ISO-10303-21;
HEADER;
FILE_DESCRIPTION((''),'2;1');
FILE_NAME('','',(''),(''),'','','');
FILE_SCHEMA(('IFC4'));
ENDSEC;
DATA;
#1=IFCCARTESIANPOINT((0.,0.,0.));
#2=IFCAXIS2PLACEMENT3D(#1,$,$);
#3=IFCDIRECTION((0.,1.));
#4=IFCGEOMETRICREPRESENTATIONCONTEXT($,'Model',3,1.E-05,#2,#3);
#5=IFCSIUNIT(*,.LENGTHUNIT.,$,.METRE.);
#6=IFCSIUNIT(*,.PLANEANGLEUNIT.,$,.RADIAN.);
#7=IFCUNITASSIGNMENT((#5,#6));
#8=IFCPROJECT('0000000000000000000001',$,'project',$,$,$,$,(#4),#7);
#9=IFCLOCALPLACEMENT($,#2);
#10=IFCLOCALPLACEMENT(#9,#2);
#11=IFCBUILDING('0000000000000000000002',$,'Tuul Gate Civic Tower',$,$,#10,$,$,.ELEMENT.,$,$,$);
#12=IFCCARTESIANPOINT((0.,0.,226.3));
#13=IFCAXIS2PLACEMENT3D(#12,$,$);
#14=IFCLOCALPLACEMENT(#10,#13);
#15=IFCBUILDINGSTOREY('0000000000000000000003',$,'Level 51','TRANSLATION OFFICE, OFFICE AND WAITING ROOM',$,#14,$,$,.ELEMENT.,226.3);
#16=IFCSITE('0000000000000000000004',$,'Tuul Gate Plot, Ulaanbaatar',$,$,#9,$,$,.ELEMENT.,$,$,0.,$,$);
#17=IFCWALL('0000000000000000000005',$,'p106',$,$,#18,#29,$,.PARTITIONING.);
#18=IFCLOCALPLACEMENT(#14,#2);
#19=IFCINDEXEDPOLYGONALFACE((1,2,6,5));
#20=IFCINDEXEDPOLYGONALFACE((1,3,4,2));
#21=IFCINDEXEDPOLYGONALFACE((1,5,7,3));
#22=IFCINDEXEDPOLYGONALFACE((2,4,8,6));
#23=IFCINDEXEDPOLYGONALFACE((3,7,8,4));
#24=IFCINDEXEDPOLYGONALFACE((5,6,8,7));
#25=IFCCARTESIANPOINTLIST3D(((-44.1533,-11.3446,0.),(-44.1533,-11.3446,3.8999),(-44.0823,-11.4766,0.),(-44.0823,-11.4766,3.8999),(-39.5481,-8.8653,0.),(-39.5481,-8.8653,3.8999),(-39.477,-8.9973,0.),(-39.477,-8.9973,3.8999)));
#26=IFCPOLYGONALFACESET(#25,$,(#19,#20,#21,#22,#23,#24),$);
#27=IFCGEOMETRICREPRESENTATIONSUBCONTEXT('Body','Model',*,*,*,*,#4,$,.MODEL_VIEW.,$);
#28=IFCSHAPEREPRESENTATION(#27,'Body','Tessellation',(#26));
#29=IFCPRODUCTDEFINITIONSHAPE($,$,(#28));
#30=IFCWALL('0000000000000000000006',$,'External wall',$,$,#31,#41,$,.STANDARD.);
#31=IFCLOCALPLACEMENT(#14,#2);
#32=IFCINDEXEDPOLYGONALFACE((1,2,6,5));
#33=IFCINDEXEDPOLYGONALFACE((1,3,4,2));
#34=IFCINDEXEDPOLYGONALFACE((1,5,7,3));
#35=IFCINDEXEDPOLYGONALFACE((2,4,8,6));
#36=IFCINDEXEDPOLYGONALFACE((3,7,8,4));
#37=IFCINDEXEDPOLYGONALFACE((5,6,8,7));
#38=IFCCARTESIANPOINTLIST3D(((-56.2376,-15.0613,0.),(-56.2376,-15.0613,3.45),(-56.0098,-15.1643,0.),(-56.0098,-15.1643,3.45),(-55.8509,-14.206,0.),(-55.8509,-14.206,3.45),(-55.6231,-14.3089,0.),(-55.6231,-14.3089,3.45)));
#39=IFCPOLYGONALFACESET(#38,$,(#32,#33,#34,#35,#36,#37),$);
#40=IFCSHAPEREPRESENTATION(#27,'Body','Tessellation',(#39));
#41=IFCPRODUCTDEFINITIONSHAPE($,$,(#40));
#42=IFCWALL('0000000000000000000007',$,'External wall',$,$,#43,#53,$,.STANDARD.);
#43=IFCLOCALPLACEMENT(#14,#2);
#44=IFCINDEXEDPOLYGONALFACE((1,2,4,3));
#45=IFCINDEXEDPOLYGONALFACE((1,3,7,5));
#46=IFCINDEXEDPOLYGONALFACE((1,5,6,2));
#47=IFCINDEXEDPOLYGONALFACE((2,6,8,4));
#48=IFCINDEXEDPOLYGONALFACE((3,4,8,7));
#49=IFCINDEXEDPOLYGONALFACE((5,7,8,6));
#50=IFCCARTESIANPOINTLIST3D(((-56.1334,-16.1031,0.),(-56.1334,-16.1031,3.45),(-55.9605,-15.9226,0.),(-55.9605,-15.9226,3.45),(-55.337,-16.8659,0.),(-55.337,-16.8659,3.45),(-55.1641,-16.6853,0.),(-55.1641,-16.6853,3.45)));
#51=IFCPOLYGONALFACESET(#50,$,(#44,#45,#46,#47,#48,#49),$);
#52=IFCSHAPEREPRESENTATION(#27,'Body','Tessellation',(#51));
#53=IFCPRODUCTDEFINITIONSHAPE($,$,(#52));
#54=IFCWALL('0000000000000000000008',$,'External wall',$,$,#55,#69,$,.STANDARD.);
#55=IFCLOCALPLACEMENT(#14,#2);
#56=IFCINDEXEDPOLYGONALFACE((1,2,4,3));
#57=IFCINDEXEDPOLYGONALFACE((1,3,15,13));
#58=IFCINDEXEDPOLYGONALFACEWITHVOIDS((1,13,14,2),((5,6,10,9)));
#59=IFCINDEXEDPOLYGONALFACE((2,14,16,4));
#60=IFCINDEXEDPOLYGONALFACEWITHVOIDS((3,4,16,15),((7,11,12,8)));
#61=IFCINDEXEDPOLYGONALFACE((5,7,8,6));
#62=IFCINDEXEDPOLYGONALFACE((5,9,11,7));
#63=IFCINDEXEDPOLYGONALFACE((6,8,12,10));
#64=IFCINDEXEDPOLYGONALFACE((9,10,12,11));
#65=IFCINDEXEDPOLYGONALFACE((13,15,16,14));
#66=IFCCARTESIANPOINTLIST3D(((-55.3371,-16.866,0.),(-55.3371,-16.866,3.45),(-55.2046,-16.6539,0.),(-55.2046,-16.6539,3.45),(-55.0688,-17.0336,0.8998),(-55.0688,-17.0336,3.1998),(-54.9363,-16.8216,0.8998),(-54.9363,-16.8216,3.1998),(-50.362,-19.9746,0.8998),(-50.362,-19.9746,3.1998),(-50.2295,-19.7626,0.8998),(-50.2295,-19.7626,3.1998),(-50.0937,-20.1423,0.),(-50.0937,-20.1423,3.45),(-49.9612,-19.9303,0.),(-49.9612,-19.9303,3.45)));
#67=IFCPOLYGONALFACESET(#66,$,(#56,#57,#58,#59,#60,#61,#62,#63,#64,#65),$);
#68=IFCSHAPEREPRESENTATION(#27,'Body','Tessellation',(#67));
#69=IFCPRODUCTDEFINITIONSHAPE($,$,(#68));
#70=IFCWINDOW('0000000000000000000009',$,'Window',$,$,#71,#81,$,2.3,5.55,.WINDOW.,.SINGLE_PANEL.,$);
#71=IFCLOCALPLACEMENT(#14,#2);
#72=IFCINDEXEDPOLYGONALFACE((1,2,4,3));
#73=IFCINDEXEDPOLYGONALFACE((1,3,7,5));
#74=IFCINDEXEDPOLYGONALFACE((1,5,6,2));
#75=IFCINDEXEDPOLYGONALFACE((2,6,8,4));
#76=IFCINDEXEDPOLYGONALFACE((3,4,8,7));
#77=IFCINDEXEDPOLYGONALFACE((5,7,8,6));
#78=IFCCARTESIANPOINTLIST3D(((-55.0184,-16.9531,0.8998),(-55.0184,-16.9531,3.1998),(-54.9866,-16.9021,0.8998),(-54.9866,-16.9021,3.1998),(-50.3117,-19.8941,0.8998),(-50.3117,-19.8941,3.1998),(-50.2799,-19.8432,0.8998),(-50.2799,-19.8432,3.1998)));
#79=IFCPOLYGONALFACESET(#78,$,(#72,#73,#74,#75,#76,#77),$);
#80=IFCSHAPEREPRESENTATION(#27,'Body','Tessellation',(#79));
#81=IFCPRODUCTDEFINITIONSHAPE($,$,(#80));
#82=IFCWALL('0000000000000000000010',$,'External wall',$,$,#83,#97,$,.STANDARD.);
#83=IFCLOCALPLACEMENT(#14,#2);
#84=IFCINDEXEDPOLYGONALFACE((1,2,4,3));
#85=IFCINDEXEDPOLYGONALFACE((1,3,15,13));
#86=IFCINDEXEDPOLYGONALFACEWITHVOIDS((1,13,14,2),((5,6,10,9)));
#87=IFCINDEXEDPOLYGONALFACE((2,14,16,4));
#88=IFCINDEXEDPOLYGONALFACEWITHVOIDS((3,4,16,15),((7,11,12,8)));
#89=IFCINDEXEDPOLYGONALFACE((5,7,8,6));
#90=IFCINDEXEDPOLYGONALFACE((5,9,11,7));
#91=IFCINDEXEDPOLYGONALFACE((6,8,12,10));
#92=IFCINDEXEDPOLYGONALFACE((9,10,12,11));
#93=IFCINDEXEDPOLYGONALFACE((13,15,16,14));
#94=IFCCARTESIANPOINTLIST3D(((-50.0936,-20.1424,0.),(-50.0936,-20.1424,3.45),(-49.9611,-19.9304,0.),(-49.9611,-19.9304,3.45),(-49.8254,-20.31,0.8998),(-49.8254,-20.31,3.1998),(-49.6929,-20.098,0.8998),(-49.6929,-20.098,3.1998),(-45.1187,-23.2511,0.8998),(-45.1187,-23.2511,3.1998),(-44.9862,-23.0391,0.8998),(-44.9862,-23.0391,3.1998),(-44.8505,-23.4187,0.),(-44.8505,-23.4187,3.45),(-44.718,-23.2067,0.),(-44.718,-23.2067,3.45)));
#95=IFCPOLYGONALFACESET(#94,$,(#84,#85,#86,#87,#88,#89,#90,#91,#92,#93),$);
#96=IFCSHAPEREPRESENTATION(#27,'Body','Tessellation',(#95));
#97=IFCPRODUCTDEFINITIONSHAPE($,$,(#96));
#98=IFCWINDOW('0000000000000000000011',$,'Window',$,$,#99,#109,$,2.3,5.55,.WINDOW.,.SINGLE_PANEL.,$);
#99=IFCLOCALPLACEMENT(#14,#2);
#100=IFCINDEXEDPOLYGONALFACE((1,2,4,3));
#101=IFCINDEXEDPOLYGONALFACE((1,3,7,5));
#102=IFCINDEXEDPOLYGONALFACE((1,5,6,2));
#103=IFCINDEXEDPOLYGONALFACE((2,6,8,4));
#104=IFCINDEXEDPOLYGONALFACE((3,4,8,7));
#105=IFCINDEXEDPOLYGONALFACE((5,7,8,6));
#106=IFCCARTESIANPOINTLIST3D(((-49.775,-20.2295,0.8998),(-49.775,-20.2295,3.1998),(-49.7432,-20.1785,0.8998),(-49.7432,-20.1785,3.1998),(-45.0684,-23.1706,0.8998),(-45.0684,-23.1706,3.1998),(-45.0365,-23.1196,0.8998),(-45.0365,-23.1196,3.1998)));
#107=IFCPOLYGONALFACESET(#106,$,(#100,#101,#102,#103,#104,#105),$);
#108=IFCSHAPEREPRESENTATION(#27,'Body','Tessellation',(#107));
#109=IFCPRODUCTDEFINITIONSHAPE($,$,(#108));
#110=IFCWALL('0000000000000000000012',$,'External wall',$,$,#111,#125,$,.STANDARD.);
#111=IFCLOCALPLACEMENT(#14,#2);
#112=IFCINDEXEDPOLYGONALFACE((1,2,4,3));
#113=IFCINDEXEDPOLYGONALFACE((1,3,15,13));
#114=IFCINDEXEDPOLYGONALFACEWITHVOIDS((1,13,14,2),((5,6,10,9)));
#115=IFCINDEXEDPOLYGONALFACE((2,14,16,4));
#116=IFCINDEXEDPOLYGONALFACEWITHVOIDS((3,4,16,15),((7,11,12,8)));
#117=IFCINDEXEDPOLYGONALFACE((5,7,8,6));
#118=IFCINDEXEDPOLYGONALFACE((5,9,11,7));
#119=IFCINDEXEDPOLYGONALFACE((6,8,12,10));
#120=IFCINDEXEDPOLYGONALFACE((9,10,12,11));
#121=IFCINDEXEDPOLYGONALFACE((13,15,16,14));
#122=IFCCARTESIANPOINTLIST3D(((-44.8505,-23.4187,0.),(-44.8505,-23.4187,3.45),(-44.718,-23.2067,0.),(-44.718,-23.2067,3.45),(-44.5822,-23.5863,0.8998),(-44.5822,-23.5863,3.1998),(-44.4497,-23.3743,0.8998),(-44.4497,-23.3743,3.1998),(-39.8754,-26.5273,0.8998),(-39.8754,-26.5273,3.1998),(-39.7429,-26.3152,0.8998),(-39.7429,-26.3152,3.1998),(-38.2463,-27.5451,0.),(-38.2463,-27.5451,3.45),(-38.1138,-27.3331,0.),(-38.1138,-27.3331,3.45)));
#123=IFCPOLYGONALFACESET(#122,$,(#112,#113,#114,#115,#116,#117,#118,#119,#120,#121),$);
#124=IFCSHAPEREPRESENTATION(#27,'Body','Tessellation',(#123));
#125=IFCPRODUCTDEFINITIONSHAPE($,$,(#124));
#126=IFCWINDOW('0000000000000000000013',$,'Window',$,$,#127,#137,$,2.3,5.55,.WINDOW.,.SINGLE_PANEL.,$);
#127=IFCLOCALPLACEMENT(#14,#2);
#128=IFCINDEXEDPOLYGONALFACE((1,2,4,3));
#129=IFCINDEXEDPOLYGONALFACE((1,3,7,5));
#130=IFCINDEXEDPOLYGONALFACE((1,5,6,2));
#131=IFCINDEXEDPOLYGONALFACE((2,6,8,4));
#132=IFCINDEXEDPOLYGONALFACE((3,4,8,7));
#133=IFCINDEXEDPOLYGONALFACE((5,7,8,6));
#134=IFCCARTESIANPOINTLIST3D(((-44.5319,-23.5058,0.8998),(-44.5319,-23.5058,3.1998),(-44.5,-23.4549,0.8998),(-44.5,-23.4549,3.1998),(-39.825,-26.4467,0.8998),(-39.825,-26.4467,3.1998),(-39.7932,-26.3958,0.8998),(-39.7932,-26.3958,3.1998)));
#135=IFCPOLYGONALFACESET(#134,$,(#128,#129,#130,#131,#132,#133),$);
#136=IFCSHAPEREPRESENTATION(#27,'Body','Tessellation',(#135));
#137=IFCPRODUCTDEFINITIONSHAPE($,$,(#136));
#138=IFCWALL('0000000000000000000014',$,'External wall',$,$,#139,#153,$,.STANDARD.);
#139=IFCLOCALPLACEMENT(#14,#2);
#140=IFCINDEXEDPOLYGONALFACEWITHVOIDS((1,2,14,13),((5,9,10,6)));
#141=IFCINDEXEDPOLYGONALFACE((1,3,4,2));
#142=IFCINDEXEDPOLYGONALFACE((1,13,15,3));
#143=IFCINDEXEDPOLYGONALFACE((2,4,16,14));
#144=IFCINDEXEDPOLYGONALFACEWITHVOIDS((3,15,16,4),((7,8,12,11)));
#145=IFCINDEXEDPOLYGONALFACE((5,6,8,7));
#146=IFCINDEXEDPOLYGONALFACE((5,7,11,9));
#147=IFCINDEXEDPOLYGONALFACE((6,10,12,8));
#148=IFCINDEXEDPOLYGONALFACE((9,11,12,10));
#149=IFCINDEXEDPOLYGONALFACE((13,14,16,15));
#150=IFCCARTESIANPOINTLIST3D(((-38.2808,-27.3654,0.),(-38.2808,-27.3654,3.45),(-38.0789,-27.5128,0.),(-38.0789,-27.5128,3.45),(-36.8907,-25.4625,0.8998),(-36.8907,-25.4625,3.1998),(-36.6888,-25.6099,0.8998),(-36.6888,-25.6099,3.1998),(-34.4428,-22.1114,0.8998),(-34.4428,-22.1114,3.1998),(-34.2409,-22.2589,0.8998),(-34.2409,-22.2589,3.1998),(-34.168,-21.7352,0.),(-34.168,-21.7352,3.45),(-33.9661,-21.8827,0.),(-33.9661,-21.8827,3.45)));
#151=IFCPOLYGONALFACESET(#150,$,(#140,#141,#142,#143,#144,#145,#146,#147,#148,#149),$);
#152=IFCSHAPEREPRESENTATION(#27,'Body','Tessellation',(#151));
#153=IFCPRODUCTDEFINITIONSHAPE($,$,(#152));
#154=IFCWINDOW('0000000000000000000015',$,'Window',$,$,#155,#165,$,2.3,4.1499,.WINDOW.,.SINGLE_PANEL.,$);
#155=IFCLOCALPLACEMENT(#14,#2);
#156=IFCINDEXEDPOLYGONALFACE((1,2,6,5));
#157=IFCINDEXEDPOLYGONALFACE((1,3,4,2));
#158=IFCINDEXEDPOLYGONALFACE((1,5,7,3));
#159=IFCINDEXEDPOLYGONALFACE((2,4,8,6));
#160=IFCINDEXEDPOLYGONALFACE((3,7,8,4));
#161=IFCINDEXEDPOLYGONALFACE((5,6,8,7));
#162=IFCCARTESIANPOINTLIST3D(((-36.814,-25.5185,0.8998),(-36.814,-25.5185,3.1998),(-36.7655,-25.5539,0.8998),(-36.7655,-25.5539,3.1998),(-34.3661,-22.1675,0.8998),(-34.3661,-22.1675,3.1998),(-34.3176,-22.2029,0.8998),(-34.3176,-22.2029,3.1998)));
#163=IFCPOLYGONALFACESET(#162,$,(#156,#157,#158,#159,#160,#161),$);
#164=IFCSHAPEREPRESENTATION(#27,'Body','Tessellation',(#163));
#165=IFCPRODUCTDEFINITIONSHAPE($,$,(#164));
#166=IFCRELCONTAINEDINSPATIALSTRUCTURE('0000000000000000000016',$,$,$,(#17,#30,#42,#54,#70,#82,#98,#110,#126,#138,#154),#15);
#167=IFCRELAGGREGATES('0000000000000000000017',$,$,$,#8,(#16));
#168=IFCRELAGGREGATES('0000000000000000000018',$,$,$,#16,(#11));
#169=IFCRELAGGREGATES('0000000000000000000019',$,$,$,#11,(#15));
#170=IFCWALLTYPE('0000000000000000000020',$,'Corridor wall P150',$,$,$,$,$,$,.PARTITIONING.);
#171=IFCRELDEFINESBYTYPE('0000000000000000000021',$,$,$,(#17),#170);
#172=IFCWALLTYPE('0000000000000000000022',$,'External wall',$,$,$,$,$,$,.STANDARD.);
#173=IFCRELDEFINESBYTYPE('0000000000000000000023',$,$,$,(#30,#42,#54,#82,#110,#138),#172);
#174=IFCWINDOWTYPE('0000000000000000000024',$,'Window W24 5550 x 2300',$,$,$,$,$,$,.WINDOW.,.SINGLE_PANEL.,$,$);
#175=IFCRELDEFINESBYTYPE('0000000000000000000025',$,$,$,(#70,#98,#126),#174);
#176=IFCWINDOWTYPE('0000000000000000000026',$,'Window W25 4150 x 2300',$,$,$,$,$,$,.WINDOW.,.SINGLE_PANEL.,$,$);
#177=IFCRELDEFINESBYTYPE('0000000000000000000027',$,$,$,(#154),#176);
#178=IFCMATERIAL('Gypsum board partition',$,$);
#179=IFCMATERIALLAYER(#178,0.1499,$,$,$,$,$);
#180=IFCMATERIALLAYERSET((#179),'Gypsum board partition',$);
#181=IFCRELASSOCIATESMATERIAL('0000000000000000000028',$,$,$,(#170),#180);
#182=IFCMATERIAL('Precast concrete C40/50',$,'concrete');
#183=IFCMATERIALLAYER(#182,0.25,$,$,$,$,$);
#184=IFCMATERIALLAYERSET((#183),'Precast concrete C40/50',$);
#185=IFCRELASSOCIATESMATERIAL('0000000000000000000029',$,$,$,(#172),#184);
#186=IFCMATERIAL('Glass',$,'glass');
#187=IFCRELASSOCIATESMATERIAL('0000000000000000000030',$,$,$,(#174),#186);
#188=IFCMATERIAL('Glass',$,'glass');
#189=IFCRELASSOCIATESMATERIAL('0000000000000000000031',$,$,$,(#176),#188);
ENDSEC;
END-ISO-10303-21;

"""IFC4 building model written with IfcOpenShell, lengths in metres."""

from ifc_helpers import new_model, si_unit, direction, frame, frame_2d, origin, place, context, subcontext, project, spatial, rectangle, extrude, material, layer, layer_set, type_object, element, fill, save


model = new_model("IFC4")

# Units and contexts
model_context = context("Model", 3, precision=1e-05, world=origin(), true_north=direction((0.0, 1.0)))
body_context = subcontext(model_context, "Body", "Model", "MODEL_VIEW")
ifc_project = project(units=[si_unit("LENGTHUNIT", "METRE"), si_unit("PLANEANGLEUNIT", "RADIAN")], contexts=[model_context])

# Site, building, storey
site_placement = place(None, origin())
site = spatial("IfcSite", under=ifc_project, at=site_placement, Name="Tuul Gate Plot, Ulaanbaatar", CompositionType="ELEMENT", RefElevation=0.0)
building_placement = place(site_placement, origin())
building = spatial("IfcBuilding", under=site, at=building_placement, Name="Tuul Gate Civic Tower", CompositionType="ELEMENT")
storey_placement = place(building_placement, frame((0.0, 0.0, 226.3)))
storey = spatial("IfcBuildingStorey", under=building, at=storey_placement, Name="Level 51", Description="TRANSLATION OFFICE, OFFICE AND WAITING ROOM", CompositionType="ELEMENT", Elevation=226.3)

# Walls
ifc_material_1 = material(Name="Gypsum board partition")
ifc_layer_1 = layer(ifc_material_1, 0.1499)
ifc_layer_set_1 = layer_set([ifc_layer_1], Name="Gypsum board partition")
wall_type_1 = type_object("IfcWallType", Name="Corridor wall P150", PredefinedType="PARTITIONING", material=ifc_layer_set_1)
wall_1_placement = place(storey_placement, frame((-44.1179, -11.4106, 0.0), z_axis=(0.0, 0.0, 1.0), x_axis=(0.88051, 0.474027, 0.0)))
element("IfcWall", 1, at=wall_1_placement, inside=storey, type_object=wall_type_1, Name="p106", PredefinedType="PARTITIONING", context=body_context, shape_type="SweptSolid", body=[
    extrude(rectangle(XDim=5.2302, YDim=0.1499, at=frame_2d((2.6152, 0.0))), origin(), (0.0, 0.0, 1.0), 3.8999),
])
ifc_material_2 = material(Name="Precast concrete C40/50", Category="concrete")
ifc_layer_2 = layer(ifc_material_2, 0.25)
ifc_layer_set_2 = layer_set([ifc_layer_2], Name="Precast concrete C40/50")
wall_type_2 = type_object("IfcWallType", Name="External wall", PredefinedType="STANDARD", material=ifc_layer_set_2)
wall_2_placement = place(storey_placement, frame((-55.7371, -14.2576, 0.0), z_axis=(0.0, 0.0, 1.0), x_axis=(-0.411921, -0.911219, 0.0)))
element("IfcWall", 2, at=wall_2_placement, inside=storey, type_object=wall_type_2, Name="External wall", PredefinedType="STANDARD", context=body_context, shape_type="SweptSolid", body=[
    extrude(rectangle(XDim=0.9387, YDim=0.25, at=frame_2d((0.4692, 0.0))), origin(), (0.0, 0.0, 1.0), 3.45),
])
wall_3_placement = place(storey_placement, frame((-56.0469, -16.0129, 0.0), z_axis=(0.0, 0.0, 1.0), x_axis=(0.722219, -0.691665, 0.0)))
element("IfcWall", 3, at=wall_3_placement, inside=storey, type_object=wall_type_2, Name="External wall", PredefinedType="STANDARD", context=body_context, shape_type="SweptSolid", body=[
    extrude(rectangle(XDim=1.1028, YDim=0.25, at=frame_2d((0.5513, 0.0))), origin(), (0.0, 0.0, 1.0), 3.45),
])

# Walls, openings, windows
wall_4_placement = place(storey_placement, frame((-55.2708, -16.76, 0.0), z_axis=(0.0, 0.0, 1.0), x_axis=(0.848054, -0.52991, 0.0)))
wall_4 = element("IfcWall", 4, at=wall_4_placement, inside=storey, type_object=wall_type_2, Name="External wall", PredefinedType="STANDARD", context=body_context, shape_type="SweptSolid", body=[
    extrude(rectangle(XDim=6.1829, YDim=0.25, at=frame_2d((3.0913, 0.0))), origin(), (0.0, 0.0, 1.0), 3.45),
])
opening_1_placement = place(wall_4_placement, frame((0.3164, 0.0, 0.8999)))
opening_1 = element("IfcOpeningElement", 5, at=opening_1_placement, cuts=wall_4, PredefinedType="OPENING", context=body_context, shape_type="SweptSolid", body=[
    extrude(rectangle(XDim=5.55, YDim=2.3, at=frame_2d((2.7749, 1.1499))), frame((0.0, 0.135, 0.0), z_axis=(0.0, -1.0, 0.0), x_axis=(1.0, 0.0, 0.0)), (0.0, 0.0, 1.0), 0.27),
])
ifc_material_3 = material(Name="Glass", Category="glass")
window_type_1 = type_object("IfcWindowType", Name="Window W24 5550 x 2300", PartitioningType="SINGLE_PANEL", PredefinedType="WINDOW", material=ifc_material_3)
window_1_placement = place(opening_1_placement, origin())
window_1 = element("IfcWindow", 6, at=window_1_placement, inside=storey, type_object=window_type_1, Name="Window", OverallHeight=2.3, OverallWidth=5.55, PartitioningType="SINGLE_PANEL", PredefinedType="WINDOW", context=body_context, shape_type="SweptSolid", body=[
    extrude(rectangle(XDim=5.55, YDim=2.3, at=frame_2d((2.7749, 1.1499))), frame((0.0, 0.03, 0.0), z_axis=(0.0, -1.0, 0.0), x_axis=(1.0, 0.0, 0.0)), (0.0, 0.0, 1.0), 0.0601),
])
fill(opening_1, window_1)
wall_5_placement = place(storey_placement, frame((-50.0273, -20.0364, 0.0), z_axis=(0.0, 0.0, 1.0), x_axis=(0.848043, -0.529928, 0.0)))
wall_5 = element("IfcWall", 7, at=wall_5_placement, inside=storey, type_object=wall_type_2, Name="External wall", PredefinedType="STANDARD", context=body_context, shape_type="SweptSolid", body=[
    extrude(rectangle(XDim=6.1826, YDim=0.25, at=frame_2d((3.0913, 0.0))), origin(), (0.0, 0.0, 1.0), 3.45),
])
opening_2_placement = place(wall_5_placement, frame((0.3164, 0.0, 0.8999)))
opening_2 = element("IfcOpeningElement", 8, at=opening_2_placement, cuts=wall_5, PredefinedType="OPENING", context=body_context, shape_type="SweptSolid", body=[
    extrude(rectangle(XDim=5.55, YDim=2.3, at=frame_2d((2.7749, 1.1499))), frame((0.0, 0.135, 0.0), z_axis=(0.0, -1.0, 0.0), x_axis=(1.0, 0.0, 0.0)), (0.0, 0.0, 1.0), 0.27),
])
window_2_placement = place(opening_2_placement, origin())
window_2 = element("IfcWindow", 9, at=window_2_placement, inside=storey, type_object=window_type_1, Name="Window", OverallHeight=2.3, OverallWidth=5.55, PartitioningType="SINGLE_PANEL", PredefinedType="WINDOW", context=body_context, shape_type="SweptSolid", body=[
    extrude(rectangle(XDim=5.55, YDim=2.3, at=frame_2d((2.7749, 1.1499))), frame((0.0, 0.03, 0.0), z_axis=(0.0, -1.0, 0.0), x_axis=(1.0, 0.0, 0.0)), (0.0, 0.0, 1.0), 0.0601),
])
fill(opening_2, window_2)
wall_6_placement = place(storey_placement, frame((-44.7842, -23.3127, 0.0), z_axis=(0.0, 0.0, 1.0), x_axis=(0.848067, -0.529889, 0.0)))
wall_6 = element("IfcWall", 10, at=wall_6_placement, inside=storey, type_object=wall_type_2, Name="External wall", PredefinedType="STANDARD", context=body_context, shape_type="SweptSolid", body=[
    extrude(rectangle(XDim=7.7874, YDim=0.25, at=frame_2d((3.8936, 0.0))), origin(), (0.0, 0.0, 1.0), 3.45),
])
opening_3_placement = place(wall_6_placement, frame((0.3164, 0.0, 0.8999)))
opening_3 = element("IfcOpeningElement", 11, at=opening_3_placement, cuts=wall_6, PredefinedType="OPENING", context=body_context, shape_type="SweptSolid", body=[
    extrude(rectangle(XDim=5.55, YDim=2.3, at=frame_2d((2.7749, 1.1499))), frame((0.0, 0.135, 0.0), z_axis=(0.0, -1.0, 0.0), x_axis=(1.0, 0.0, 0.0)), (0.0, 0.0, 1.0), 0.27),
])
window_3_placement = place(opening_3_placement, origin())
window_3 = element("IfcWindow", 12, at=window_3_placement, inside=storey, type_object=window_type_1, Name="Window", OverallHeight=2.3, OverallWidth=5.55, PartitioningType="SINGLE_PANEL", PredefinedType="WINDOW", context=body_context, shape_type="SweptSolid", body=[
    extrude(rectangle(XDim=5.55, YDim=2.3, at=frame_2d((2.7749, 1.1499))), frame((0.0, 0.03, 0.0), z_axis=(0.0, -1.0, 0.0), x_axis=(1.0, 0.0, 0.0)), (0.0, 0.0, 1.0), 0.0601),
])
fill(opening_3, window_3)
wall_7_placement = place(storey_placement, frame((-38.1799, -27.4392, 0.0), z_axis=(0.0, 0.0, 1.0), x_axis=(0.589873, 0.807496, 0.0)))
wall_7 = element("IfcWall", 13, at=wall_7_placement, inside=storey, type_object=wall_type_2, Name="External wall", PredefinedType="STANDARD", context=body_context, shape_type="SweptSolid", body=[
    extrude(rectangle(XDim=6.9724, YDim=0.25, at=frame_2d((3.4863, 0.0))), origin(), (0.0, 0.0, 1.0), 3.45),
])
opening_4_placement = place(wall_7_placement, frame((2.3567, 0.0, 0.8999)))
opening_4 = element("IfcOpeningElement", 14, at=opening_4_placement, cuts=wall_7, PredefinedType="OPENING", context=body_context, shape_type="SweptSolid", body=[
    extrude(rectangle(XDim=4.1499, YDim=2.3, at=frame_2d((2.075, 1.1499))), frame((0.0, 0.135, 0.0), z_axis=(0.0, -1.0, 0.0), x_axis=(1.0, 0.0, 0.0)), (0.0, 0.0, 1.0), 0.27),
])
ifc_material_4 = material(Name="Glass", Category="glass")
window_type_2 = type_object("IfcWindowType", Name="Window W25 4150 x 2300", PartitioningType="SINGLE_PANEL", PredefinedType="WINDOW", material=ifc_material_4)
window_4_placement = place(opening_4_placement, origin())
window_4 = element("IfcWindow", 15, at=window_4_placement, inside=storey, type_object=window_type_2, Name="Window", OverallHeight=2.3, OverallWidth=4.1499, PartitioningType="SINGLE_PANEL", PredefinedType="WINDOW", context=body_context, shape_type="SweptSolid", body=[
    extrude(rectangle(XDim=4.1499, YDim=2.3, at=frame_2d((2.075, 1.1499))), frame((0.0, 0.03, 0.0), z_axis=(0.0, -1.0, 0.0), x_axis=(1.0, 0.0, 0.0)), (0.0, 0.0, 1.0), 0.0601),
])
fill(opening_4, window_4)

save(model, "model.ifc")
